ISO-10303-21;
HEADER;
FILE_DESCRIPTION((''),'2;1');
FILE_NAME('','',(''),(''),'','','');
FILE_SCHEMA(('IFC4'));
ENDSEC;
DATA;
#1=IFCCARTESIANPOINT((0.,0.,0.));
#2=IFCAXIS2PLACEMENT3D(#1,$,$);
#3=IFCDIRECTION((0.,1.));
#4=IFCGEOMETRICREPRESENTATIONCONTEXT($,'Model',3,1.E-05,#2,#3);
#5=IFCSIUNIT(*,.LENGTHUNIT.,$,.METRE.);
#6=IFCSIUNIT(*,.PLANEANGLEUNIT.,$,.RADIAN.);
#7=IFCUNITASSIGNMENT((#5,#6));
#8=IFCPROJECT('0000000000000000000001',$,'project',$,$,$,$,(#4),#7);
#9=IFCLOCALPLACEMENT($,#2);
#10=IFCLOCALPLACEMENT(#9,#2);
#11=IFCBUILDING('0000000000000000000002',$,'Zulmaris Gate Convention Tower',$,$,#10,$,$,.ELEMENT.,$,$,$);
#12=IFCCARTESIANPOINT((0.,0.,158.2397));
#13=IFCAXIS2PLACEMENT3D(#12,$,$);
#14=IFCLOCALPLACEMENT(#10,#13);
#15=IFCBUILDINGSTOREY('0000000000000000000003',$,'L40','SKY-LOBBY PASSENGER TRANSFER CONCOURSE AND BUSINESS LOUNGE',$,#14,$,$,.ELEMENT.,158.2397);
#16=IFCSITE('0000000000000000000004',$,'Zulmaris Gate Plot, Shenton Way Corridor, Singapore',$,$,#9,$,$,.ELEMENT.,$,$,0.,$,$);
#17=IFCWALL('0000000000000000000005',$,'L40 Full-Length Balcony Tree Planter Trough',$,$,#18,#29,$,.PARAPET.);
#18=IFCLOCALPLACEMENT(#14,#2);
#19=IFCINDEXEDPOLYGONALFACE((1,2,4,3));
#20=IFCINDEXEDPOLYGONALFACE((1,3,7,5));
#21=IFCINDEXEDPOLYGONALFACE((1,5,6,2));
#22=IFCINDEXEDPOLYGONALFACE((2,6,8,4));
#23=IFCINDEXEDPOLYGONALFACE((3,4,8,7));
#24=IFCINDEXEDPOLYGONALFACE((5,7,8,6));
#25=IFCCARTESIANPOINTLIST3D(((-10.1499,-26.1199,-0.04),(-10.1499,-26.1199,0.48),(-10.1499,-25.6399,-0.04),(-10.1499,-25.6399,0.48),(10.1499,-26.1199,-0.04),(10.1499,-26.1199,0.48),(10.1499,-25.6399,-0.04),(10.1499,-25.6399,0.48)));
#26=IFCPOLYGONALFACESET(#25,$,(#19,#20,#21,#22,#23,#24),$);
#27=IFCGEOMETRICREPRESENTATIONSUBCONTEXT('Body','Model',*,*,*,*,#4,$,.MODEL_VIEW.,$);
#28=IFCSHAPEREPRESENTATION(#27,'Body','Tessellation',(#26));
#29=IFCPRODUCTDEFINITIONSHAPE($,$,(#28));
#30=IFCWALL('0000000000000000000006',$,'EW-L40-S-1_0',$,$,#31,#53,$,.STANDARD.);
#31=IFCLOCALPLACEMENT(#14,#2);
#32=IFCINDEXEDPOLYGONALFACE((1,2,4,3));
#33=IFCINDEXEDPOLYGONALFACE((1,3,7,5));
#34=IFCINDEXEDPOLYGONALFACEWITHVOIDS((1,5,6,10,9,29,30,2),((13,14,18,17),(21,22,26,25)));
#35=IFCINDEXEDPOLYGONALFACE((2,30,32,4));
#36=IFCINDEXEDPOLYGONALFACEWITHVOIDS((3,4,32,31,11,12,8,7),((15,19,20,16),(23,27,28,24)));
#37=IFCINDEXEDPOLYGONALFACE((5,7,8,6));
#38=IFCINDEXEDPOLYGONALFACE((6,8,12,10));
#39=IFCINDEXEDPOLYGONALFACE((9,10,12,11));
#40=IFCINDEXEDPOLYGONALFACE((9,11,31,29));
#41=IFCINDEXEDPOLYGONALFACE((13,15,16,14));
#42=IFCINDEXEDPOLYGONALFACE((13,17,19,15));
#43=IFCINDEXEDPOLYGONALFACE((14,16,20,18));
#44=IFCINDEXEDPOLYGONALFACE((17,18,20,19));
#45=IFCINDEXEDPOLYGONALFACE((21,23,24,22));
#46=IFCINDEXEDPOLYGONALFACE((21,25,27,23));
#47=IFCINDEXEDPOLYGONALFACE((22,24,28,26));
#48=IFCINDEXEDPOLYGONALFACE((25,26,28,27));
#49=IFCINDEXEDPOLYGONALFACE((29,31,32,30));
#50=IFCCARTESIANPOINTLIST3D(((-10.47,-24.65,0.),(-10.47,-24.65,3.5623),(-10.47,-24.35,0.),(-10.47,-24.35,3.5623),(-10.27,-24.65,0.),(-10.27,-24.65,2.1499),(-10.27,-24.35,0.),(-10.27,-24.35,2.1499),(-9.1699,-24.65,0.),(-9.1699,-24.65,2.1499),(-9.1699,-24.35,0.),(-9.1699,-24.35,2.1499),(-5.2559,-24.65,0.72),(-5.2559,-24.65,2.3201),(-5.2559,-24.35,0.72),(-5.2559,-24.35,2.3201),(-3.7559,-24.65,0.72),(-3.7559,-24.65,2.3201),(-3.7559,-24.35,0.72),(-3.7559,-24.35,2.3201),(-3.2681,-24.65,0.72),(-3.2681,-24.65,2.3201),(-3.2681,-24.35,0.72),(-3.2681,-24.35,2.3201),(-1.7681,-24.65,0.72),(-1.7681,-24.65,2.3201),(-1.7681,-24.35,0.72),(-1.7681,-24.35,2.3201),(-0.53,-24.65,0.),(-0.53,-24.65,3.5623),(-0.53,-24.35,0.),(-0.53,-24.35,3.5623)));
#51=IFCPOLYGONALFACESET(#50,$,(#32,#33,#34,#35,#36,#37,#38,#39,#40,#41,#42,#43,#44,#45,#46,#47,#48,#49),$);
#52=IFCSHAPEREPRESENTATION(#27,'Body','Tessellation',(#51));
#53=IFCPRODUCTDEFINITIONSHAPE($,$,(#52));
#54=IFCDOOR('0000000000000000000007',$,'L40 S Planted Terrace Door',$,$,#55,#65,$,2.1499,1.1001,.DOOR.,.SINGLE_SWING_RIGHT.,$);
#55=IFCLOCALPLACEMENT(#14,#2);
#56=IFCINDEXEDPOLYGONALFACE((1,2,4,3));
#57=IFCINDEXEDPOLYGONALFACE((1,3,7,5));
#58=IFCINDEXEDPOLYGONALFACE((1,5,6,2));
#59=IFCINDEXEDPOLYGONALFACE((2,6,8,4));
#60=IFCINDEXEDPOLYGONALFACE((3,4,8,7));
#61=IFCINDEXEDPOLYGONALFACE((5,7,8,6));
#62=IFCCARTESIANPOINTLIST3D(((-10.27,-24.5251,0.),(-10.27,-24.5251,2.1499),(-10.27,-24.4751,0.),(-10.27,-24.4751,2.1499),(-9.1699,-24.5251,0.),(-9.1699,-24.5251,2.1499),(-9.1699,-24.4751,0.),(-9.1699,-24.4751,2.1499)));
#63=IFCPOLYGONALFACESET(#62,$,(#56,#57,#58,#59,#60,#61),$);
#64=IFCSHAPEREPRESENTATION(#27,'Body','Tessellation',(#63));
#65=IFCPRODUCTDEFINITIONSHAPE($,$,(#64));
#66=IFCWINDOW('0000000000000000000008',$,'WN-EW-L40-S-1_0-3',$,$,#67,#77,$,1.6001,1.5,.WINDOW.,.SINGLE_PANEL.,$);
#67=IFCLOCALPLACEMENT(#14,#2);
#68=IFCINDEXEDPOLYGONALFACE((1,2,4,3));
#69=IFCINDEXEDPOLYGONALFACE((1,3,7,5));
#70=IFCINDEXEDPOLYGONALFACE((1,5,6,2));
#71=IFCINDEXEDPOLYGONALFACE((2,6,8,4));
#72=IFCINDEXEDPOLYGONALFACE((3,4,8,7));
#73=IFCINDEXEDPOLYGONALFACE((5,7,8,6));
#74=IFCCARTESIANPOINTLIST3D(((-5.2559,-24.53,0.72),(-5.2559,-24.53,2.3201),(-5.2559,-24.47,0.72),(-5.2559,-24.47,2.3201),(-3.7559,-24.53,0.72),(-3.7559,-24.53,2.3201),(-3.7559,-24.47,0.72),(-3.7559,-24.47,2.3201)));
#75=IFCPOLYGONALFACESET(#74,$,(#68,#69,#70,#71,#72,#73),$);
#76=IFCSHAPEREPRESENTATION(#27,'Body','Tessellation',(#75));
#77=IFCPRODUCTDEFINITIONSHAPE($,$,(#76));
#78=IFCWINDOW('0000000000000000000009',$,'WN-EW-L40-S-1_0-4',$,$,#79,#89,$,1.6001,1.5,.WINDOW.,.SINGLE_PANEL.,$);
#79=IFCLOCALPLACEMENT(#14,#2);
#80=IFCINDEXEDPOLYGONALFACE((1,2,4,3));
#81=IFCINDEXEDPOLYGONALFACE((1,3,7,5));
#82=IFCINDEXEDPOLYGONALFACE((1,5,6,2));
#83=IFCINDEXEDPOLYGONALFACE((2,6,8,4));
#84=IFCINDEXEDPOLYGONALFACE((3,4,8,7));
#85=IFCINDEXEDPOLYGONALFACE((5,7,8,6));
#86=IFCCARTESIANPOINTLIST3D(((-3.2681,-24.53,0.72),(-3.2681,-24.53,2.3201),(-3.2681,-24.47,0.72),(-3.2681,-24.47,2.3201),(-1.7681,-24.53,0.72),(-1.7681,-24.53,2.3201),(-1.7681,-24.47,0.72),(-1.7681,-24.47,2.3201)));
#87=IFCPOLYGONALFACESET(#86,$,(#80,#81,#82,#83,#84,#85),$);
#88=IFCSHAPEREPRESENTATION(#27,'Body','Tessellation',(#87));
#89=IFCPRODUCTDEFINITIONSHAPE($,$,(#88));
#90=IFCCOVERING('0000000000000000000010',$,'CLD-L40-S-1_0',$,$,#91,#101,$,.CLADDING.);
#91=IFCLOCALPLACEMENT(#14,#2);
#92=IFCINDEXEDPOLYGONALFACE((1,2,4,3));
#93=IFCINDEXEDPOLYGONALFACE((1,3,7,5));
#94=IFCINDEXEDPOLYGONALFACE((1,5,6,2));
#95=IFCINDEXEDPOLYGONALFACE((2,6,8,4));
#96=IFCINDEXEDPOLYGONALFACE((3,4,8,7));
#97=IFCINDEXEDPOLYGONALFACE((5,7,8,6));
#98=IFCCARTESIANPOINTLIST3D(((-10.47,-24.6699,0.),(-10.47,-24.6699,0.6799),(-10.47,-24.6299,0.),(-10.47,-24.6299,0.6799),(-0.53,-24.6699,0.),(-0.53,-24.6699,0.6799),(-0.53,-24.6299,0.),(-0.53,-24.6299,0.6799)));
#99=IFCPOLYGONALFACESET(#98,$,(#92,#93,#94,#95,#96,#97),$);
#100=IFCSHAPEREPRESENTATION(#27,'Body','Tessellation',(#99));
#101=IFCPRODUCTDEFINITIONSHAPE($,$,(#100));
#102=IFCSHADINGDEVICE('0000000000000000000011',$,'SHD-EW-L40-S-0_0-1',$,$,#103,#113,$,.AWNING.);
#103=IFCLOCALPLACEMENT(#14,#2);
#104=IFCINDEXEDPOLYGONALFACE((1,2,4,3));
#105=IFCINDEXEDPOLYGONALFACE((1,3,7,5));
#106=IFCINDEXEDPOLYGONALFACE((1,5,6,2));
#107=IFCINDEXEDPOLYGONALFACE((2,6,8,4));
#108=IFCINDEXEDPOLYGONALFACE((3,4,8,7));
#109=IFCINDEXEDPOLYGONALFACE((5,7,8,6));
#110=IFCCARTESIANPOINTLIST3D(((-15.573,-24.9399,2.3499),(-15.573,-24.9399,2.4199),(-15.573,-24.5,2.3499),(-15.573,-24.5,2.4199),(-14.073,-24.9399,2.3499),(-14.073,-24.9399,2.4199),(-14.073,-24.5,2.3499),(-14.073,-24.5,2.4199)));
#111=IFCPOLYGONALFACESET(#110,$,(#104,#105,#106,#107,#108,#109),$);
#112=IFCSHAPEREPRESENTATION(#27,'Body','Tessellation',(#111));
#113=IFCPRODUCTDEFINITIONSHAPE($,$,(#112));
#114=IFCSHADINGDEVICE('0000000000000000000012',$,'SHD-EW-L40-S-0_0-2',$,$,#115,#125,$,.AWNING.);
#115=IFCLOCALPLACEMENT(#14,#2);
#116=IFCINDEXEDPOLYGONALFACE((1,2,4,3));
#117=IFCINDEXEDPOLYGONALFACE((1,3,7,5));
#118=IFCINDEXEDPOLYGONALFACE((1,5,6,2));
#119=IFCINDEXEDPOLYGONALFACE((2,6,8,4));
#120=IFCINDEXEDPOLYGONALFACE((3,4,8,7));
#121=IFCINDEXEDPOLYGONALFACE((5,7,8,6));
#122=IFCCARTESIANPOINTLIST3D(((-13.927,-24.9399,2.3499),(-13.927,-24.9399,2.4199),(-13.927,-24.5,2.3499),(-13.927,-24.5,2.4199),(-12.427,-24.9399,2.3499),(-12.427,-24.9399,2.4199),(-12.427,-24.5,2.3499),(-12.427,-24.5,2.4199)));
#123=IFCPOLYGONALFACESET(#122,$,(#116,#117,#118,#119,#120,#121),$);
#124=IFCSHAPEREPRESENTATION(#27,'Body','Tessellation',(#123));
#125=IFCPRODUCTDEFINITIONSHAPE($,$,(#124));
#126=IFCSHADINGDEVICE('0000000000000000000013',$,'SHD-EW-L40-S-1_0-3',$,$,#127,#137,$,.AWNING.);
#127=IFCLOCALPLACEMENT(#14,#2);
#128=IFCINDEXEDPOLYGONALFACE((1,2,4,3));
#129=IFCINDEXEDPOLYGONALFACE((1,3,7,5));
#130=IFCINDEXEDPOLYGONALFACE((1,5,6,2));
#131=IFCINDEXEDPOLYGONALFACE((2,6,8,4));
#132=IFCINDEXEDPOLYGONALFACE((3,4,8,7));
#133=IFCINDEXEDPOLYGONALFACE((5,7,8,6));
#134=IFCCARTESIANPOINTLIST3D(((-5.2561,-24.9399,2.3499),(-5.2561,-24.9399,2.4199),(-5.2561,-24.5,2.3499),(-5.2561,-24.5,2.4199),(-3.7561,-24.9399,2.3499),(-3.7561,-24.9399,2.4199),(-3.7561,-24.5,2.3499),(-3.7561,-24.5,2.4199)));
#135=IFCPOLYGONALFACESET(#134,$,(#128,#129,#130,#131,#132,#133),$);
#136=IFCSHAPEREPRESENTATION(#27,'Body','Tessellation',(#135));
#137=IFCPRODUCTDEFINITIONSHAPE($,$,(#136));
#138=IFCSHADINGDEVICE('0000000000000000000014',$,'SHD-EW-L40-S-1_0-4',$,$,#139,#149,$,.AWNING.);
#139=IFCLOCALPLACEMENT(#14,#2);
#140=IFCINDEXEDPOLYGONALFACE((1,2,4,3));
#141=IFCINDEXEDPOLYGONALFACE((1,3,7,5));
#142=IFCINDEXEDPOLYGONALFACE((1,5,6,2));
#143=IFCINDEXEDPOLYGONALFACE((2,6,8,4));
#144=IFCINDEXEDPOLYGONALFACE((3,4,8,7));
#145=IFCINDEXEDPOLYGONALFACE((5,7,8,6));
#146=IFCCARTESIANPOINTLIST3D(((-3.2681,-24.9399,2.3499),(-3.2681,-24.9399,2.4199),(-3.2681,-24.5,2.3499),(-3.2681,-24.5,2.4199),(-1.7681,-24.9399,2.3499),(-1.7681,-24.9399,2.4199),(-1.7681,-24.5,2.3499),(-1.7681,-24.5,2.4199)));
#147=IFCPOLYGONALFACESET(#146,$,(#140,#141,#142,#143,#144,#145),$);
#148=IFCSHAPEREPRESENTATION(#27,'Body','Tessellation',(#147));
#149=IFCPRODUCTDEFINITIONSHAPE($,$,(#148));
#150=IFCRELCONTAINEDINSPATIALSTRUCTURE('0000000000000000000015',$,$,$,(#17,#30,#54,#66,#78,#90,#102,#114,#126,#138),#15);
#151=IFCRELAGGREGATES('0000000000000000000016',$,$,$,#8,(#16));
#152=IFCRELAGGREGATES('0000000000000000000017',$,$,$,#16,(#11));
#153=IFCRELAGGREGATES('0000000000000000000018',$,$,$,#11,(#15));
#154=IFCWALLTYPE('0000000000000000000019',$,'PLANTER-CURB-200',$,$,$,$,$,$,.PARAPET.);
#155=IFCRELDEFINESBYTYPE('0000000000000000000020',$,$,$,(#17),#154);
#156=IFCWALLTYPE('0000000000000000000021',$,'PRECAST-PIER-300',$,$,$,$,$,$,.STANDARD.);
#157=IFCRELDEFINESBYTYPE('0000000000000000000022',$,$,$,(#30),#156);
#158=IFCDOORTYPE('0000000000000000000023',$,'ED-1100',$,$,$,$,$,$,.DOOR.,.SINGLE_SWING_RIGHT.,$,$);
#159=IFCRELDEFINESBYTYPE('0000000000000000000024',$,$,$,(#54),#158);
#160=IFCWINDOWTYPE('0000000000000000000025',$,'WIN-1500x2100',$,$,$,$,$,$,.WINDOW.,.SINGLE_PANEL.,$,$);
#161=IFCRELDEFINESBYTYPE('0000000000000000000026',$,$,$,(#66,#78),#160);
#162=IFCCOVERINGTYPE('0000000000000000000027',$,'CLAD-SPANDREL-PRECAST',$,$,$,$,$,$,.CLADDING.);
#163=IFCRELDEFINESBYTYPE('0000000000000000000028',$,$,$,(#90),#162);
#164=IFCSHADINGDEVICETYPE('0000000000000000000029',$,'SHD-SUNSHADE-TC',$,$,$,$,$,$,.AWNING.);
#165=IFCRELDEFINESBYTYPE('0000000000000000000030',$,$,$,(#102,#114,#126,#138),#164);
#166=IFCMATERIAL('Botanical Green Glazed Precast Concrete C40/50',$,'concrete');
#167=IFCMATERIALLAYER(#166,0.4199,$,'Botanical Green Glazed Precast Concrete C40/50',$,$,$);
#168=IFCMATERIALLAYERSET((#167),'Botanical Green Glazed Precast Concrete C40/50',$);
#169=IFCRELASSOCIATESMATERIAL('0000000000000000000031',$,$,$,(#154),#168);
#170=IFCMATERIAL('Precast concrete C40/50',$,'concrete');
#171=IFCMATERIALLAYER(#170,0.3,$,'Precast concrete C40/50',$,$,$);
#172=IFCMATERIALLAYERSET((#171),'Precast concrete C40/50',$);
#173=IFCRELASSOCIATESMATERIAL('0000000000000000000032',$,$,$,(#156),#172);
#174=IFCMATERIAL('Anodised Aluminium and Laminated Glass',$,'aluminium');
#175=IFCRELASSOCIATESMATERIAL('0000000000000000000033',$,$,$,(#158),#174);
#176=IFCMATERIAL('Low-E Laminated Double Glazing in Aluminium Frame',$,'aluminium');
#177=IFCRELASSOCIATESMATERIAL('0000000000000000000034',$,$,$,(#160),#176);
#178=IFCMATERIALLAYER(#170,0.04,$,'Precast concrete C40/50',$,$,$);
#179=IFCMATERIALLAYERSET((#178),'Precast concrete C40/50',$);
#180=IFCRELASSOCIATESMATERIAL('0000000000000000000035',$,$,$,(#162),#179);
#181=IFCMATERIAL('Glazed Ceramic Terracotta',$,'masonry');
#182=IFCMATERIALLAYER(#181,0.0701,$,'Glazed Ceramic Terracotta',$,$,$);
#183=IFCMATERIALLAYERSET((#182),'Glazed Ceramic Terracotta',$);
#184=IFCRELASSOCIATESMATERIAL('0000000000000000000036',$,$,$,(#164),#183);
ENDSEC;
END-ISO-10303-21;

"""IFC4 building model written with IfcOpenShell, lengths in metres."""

from ifc_helpers import new_model, si_unit, direction, frame, frame_2d, origin, place, context, subcontext, project, spatial, rectangle, extrude, material, layer, layer_set, type_object, element, fill, save


model = new_model("IFC4")

# Units and contexts
model_context = context("Model", 3, precision=1e-05, world=origin(), true_north=direction((0.0, 1.0)))
body_context = subcontext(model_context, "Body", "Model", "MODEL_VIEW")
ifc_project = project(units=[si_unit("LENGTHUNIT", "METRE"), si_unit("PLANEANGLEUNIT", "RADIAN")], contexts=[model_context])

# Site, building, storey
site_placement = place(None, origin())
site = spatial("IfcSite", under=ifc_project, at=site_placement, Name="Zulmaris Gate Plot, Shenton Way Corridor, Singapore", CompositionType="ELEMENT", RefElevation=0.0)
building_placement = place(site_placement, origin())
building = spatial("IfcBuilding", under=site, at=building_placement, Name="Zulmaris Gate Convention Tower", CompositionType="ELEMENT")
storey_placement = place(building_placement, frame((0.0, 0.0, 158.2397)))
storey = spatial("IfcBuildingStorey", under=building, at=storey_placement, Name="L40", Description="SKY-LOBBY PASSENGER TRANSFER CONCOURSE AND BUSINESS LOUNGE", CompositionType="ELEMENT", Elevation=158.2397)

# Wall
ifc_material_1 = material(Name="Botanical Green Glazed Precast Concrete C40/50", Category="concrete")
ifc_layer_1 = layer(ifc_material_1, 0.4199, Name="Botanical Green Glazed Precast Concrete C40/50")
ifc_layer_set_1 = layer_set([ifc_layer_1], Name="Botanical Green Glazed Precast Concrete C40/50")
wall_type_1 = type_object("IfcWallType", Name="PLANTER-CURB-200", PredefinedType="PARAPET", material=ifc_layer_set_1)
wall_1_placement = place(storey_placement, frame((-10.1499, -25.8799, -0.04), z_axis=(0.0, 0.0, 1.0), x_axis=(1.0, 0.0, 0.0)))
element("IfcWall", 1, at=wall_1_placement, inside=storey, type_object=wall_type_1, Name="L40 Full-Length Balcony Tree Planter Trough", PredefinedType="PARAPET", context=body_context, shape_type="SweptSolid", body=[
    extrude(rectangle(XDim=20.2998, YDim=0.48, at=frame_2d((10.1499, 0.0))), origin(), (0.0, 0.0, 1.0), 0.52),
])

# Wall, openings, door, windows
ifc_material_2 = material(Name="Precast concrete C40/50", Category="concrete")
ifc_layer_2 = layer(ifc_material_2, 0.3, Name="Precast concrete C40/50")
ifc_layer_set_2 = layer_set([ifc_layer_2], Name="Precast concrete C40/50")
wall_type_2 = type_object("IfcWallType", Name="PRECAST-PIER-300", PredefinedType="STANDARD", material=ifc_layer_set_2)
wall_2_placement = place(storey_placement, frame((-10.47, -24.5, 0.0), z_axis=(0.0, 0.0, 1.0), x_axis=(1.0, 0.0, 0.0)))
wall_2 = element("IfcWall", 2, at=wall_2_placement, inside=storey, type_object=wall_type_2, Name="EW-L40-S-1_0", PredefinedType="STANDARD", context=body_context, shape_type="SweptSolid", body=[
    extrude(rectangle(XDim=9.9399, YDim=0.3, at=frame_2d((4.97, 0.0))), origin(), (0.0, 0.0, 1.0), 3.5623),
])
opening_1_placement = place(wall_2_placement, frame((0.2, 0.0, 0.0)))
opening_1 = element("IfcOpeningElement", 3, at=opening_1_placement, cuts=wall_2, PredefinedType="OPENING", context=body_context, shape_type="SweptSolid", body=[
    extrude(rectangle(XDim=1.1001, YDim=2.1499, at=frame_2d((0.55, 1.075))), frame((0.0, 0.1602, 0.0), z_axis=(0.0, -1.0, 0.0), x_axis=(1.0, 0.0, 0.0)), (0.0, 0.0, 1.0), 0.3201),
])
opening_2_placement = place(wall_2_placement, frame((5.2141, 0.0, 0.72)))
opening_2 = element("IfcOpeningElement", 4, at=opening_2_placement, cuts=wall_2, PredefinedType="OPENING", context=body_context, shape_type="SweptSolid", body=[
    extrude(rectangle(XDim=1.5, YDim=1.6001, at=frame_2d((0.75, 0.8))), frame((0.0, 0.1602, 0.0), z_axis=(0.0, -1.0, 0.0), x_axis=(1.0, 0.0, 0.0)), (0.0, 0.0, 1.0), 0.3201),
])
opening_3_placement = place(wall_2_placement, frame((7.2019, 0.0, 0.72)))
opening_3 = element("IfcOpeningElement", 5, at=opening_3_placement, cuts=wall_2, PredefinedType="OPENING", context=body_context, shape_type="SweptSolid", body=[
    extrude(rectangle(XDim=1.5, YDim=1.6001, at=frame_2d((0.75, 0.8))), frame((0.0, 0.1602, 0.0), z_axis=(0.0, -1.0, 0.0), x_axis=(1.0, 0.0, 0.0)), (0.0, 0.0, 1.0), 0.3201),
])
ifc_material_3 = material(Name="Anodised Aluminium and Laminated Glass", Category="aluminium")
door_type = type_object("IfcDoorType", Name="ED-1100", OperationType="SINGLE_SWING_RIGHT", PredefinedType="DOOR", material=ifc_material_3)
door_placement = place(opening_1_placement, origin())
door = element("IfcDoor", 6, at=door_placement, inside=storey, type_object=door_type, Name="L40 S Planted Terrace Door", OperationType="SINGLE_SWING_RIGHT", OverallHeight=2.1499, OverallWidth=1.1001, PredefinedType="DOOR", context=body_context, shape_type="SweptSolid", body=[
    extrude(rectangle(XDim=1.1001, YDim=2.1499, at=frame_2d((0.55, 1.075))), frame((0.0, 0.0249, 0.0), z_axis=(0.0, -1.0, 0.0), x_axis=(1.0, 0.0, 0.0)), (0.0, 0.0, 1.0), 0.05),
])
fill(opening_1, door)
ifc_material_4 = material(Name="Low-E Laminated Double Glazing in Aluminium Frame", Category="aluminium")
window_type = type_object("IfcWindowType", Name="WIN-1500x2100", PartitioningType="SINGLE_PANEL", PredefinedType="WINDOW", material=ifc_material_4)
window_1_placement = place(opening_2_placement, origin())
window_1 = element("IfcWindow", 7, at=window_1_placement, inside=storey, type_object=window_type, Name="WN-EW-L40-S-1_0-3", OverallHeight=1.6001, OverallWidth=1.5, PartitioningType="SINGLE_PANEL", PredefinedType="WINDOW", context=body_context, shape_type="SweptSolid", body=[
    extrude(rectangle(XDim=1.5, YDim=1.6001, at=frame_2d((0.75, 0.8))), frame((0.0, 0.03, 0.0), z_axis=(0.0, -1.0, 0.0), x_axis=(1.0, 0.0, 0.0)), (0.0, 0.0, 1.0), 0.0601),
])
fill(opening_2, window_1)
window_2_placement = place(opening_3_placement, origin())
window_2 = element("IfcWindow", 8, at=window_2_placement, inside=storey, type_object=window_type, Name="WN-EW-L40-S-1_0-4", OverallHeight=1.6001, OverallWidth=1.5, PartitioningType="SINGLE_PANEL", PredefinedType="WINDOW", context=body_context, shape_type="SweptSolid", body=[
    extrude(rectangle(XDim=1.5, YDim=1.6001, at=frame_2d((0.75, 0.8))), frame((0.0, 0.03, 0.0), z_axis=(0.0, -1.0, 0.0), x_axis=(1.0, 0.0, 0.0)), (0.0, 0.0, 1.0), 0.0601),
])
fill(opening_3, window_2)

# Covering
ifc_layer_3 = layer(ifc_material_2, 0.04, Name="Precast concrete C40/50")
ifc_layer_set_3 = layer_set([ifc_layer_3], Name="Precast concrete C40/50")
covering_type = type_object("IfcCoveringType", Name="CLAD-SPANDREL-PRECAST", PredefinedType="CLADDING", material=ifc_layer_set_3)
covering_placement = place(storey_placement, frame((-10.47, -24.6499, 0.0), z_axis=(0.0, 0.0, 1.0), x_axis=(1.0, 0.0, 0.0)))
element("IfcCovering", 9, at=covering_placement, inside=storey, type_object=covering_type, Name="CLD-L40-S-1_0", PredefinedType="CLADDING", context=body_context, shape_type="SweptSolid", body=[
    extrude(rectangle(XDim=9.9399, YDim=0.04, at=frame_2d((4.97, 0.0))), origin(), (0.0, 0.0, 1.0), 0.6799),
])

# Shading devices
ifc_material_5 = material(Name="Glazed Ceramic Terracotta", Category="masonry")
ifc_layer_4 = layer(ifc_material_5, 0.0701, Name="Glazed Ceramic Terracotta")
ifc_layer_set_4 = layer_set([ifc_layer_4], Name="Glazed Ceramic Terracotta")
shading_device_type = type_object("IfcShadingDeviceType", Name="SHD-SUNSHADE-TC", PredefinedType="AWNING", material=ifc_layer_set_4)
for number, where, z_axis, x_axis, name in (
    (10, (-15.573, -24.72, 2.3499), (0.0, 0.0, 1.0), (1.0, 0.0, 0.0), "SHD-EW-L40-S-0_0-1"),
    (11, (-13.927, -24.72, 2.3499), (0.0, 0.0, 1.0), (1.0, 0.0, 0.0), "SHD-EW-L40-S-0_0-2"),
    (12, (-5.2561, -24.72, 2.3499), (0.0, 0.0, 1.0), (1.0, 0.0, 0.0), "SHD-EW-L40-S-1_0-3"),
    (13, (-3.2681, -24.72, 2.3499), (0.0, 0.0, 1.0), (1.0, 0.0, 0.0), "SHD-EW-L40-S-1_0-4"),
):
    element("IfcShadingDevice", number, at=place(storey_placement, frame(where, z_axis=z_axis, x_axis=x_axis)), inside=storey, type_object=shading_device_type, Name=name, PredefinedType="AWNING", context=body_context, shape_type="SweptSolid", body=[
        extrude(rectangle(XDim=1.5, YDim=0.4399, at=frame_2d((0.75, 0.0))), origin(), (0.0, 0.0, 1.0), 0.0701),
    ])

save(model, "model.ifc")
